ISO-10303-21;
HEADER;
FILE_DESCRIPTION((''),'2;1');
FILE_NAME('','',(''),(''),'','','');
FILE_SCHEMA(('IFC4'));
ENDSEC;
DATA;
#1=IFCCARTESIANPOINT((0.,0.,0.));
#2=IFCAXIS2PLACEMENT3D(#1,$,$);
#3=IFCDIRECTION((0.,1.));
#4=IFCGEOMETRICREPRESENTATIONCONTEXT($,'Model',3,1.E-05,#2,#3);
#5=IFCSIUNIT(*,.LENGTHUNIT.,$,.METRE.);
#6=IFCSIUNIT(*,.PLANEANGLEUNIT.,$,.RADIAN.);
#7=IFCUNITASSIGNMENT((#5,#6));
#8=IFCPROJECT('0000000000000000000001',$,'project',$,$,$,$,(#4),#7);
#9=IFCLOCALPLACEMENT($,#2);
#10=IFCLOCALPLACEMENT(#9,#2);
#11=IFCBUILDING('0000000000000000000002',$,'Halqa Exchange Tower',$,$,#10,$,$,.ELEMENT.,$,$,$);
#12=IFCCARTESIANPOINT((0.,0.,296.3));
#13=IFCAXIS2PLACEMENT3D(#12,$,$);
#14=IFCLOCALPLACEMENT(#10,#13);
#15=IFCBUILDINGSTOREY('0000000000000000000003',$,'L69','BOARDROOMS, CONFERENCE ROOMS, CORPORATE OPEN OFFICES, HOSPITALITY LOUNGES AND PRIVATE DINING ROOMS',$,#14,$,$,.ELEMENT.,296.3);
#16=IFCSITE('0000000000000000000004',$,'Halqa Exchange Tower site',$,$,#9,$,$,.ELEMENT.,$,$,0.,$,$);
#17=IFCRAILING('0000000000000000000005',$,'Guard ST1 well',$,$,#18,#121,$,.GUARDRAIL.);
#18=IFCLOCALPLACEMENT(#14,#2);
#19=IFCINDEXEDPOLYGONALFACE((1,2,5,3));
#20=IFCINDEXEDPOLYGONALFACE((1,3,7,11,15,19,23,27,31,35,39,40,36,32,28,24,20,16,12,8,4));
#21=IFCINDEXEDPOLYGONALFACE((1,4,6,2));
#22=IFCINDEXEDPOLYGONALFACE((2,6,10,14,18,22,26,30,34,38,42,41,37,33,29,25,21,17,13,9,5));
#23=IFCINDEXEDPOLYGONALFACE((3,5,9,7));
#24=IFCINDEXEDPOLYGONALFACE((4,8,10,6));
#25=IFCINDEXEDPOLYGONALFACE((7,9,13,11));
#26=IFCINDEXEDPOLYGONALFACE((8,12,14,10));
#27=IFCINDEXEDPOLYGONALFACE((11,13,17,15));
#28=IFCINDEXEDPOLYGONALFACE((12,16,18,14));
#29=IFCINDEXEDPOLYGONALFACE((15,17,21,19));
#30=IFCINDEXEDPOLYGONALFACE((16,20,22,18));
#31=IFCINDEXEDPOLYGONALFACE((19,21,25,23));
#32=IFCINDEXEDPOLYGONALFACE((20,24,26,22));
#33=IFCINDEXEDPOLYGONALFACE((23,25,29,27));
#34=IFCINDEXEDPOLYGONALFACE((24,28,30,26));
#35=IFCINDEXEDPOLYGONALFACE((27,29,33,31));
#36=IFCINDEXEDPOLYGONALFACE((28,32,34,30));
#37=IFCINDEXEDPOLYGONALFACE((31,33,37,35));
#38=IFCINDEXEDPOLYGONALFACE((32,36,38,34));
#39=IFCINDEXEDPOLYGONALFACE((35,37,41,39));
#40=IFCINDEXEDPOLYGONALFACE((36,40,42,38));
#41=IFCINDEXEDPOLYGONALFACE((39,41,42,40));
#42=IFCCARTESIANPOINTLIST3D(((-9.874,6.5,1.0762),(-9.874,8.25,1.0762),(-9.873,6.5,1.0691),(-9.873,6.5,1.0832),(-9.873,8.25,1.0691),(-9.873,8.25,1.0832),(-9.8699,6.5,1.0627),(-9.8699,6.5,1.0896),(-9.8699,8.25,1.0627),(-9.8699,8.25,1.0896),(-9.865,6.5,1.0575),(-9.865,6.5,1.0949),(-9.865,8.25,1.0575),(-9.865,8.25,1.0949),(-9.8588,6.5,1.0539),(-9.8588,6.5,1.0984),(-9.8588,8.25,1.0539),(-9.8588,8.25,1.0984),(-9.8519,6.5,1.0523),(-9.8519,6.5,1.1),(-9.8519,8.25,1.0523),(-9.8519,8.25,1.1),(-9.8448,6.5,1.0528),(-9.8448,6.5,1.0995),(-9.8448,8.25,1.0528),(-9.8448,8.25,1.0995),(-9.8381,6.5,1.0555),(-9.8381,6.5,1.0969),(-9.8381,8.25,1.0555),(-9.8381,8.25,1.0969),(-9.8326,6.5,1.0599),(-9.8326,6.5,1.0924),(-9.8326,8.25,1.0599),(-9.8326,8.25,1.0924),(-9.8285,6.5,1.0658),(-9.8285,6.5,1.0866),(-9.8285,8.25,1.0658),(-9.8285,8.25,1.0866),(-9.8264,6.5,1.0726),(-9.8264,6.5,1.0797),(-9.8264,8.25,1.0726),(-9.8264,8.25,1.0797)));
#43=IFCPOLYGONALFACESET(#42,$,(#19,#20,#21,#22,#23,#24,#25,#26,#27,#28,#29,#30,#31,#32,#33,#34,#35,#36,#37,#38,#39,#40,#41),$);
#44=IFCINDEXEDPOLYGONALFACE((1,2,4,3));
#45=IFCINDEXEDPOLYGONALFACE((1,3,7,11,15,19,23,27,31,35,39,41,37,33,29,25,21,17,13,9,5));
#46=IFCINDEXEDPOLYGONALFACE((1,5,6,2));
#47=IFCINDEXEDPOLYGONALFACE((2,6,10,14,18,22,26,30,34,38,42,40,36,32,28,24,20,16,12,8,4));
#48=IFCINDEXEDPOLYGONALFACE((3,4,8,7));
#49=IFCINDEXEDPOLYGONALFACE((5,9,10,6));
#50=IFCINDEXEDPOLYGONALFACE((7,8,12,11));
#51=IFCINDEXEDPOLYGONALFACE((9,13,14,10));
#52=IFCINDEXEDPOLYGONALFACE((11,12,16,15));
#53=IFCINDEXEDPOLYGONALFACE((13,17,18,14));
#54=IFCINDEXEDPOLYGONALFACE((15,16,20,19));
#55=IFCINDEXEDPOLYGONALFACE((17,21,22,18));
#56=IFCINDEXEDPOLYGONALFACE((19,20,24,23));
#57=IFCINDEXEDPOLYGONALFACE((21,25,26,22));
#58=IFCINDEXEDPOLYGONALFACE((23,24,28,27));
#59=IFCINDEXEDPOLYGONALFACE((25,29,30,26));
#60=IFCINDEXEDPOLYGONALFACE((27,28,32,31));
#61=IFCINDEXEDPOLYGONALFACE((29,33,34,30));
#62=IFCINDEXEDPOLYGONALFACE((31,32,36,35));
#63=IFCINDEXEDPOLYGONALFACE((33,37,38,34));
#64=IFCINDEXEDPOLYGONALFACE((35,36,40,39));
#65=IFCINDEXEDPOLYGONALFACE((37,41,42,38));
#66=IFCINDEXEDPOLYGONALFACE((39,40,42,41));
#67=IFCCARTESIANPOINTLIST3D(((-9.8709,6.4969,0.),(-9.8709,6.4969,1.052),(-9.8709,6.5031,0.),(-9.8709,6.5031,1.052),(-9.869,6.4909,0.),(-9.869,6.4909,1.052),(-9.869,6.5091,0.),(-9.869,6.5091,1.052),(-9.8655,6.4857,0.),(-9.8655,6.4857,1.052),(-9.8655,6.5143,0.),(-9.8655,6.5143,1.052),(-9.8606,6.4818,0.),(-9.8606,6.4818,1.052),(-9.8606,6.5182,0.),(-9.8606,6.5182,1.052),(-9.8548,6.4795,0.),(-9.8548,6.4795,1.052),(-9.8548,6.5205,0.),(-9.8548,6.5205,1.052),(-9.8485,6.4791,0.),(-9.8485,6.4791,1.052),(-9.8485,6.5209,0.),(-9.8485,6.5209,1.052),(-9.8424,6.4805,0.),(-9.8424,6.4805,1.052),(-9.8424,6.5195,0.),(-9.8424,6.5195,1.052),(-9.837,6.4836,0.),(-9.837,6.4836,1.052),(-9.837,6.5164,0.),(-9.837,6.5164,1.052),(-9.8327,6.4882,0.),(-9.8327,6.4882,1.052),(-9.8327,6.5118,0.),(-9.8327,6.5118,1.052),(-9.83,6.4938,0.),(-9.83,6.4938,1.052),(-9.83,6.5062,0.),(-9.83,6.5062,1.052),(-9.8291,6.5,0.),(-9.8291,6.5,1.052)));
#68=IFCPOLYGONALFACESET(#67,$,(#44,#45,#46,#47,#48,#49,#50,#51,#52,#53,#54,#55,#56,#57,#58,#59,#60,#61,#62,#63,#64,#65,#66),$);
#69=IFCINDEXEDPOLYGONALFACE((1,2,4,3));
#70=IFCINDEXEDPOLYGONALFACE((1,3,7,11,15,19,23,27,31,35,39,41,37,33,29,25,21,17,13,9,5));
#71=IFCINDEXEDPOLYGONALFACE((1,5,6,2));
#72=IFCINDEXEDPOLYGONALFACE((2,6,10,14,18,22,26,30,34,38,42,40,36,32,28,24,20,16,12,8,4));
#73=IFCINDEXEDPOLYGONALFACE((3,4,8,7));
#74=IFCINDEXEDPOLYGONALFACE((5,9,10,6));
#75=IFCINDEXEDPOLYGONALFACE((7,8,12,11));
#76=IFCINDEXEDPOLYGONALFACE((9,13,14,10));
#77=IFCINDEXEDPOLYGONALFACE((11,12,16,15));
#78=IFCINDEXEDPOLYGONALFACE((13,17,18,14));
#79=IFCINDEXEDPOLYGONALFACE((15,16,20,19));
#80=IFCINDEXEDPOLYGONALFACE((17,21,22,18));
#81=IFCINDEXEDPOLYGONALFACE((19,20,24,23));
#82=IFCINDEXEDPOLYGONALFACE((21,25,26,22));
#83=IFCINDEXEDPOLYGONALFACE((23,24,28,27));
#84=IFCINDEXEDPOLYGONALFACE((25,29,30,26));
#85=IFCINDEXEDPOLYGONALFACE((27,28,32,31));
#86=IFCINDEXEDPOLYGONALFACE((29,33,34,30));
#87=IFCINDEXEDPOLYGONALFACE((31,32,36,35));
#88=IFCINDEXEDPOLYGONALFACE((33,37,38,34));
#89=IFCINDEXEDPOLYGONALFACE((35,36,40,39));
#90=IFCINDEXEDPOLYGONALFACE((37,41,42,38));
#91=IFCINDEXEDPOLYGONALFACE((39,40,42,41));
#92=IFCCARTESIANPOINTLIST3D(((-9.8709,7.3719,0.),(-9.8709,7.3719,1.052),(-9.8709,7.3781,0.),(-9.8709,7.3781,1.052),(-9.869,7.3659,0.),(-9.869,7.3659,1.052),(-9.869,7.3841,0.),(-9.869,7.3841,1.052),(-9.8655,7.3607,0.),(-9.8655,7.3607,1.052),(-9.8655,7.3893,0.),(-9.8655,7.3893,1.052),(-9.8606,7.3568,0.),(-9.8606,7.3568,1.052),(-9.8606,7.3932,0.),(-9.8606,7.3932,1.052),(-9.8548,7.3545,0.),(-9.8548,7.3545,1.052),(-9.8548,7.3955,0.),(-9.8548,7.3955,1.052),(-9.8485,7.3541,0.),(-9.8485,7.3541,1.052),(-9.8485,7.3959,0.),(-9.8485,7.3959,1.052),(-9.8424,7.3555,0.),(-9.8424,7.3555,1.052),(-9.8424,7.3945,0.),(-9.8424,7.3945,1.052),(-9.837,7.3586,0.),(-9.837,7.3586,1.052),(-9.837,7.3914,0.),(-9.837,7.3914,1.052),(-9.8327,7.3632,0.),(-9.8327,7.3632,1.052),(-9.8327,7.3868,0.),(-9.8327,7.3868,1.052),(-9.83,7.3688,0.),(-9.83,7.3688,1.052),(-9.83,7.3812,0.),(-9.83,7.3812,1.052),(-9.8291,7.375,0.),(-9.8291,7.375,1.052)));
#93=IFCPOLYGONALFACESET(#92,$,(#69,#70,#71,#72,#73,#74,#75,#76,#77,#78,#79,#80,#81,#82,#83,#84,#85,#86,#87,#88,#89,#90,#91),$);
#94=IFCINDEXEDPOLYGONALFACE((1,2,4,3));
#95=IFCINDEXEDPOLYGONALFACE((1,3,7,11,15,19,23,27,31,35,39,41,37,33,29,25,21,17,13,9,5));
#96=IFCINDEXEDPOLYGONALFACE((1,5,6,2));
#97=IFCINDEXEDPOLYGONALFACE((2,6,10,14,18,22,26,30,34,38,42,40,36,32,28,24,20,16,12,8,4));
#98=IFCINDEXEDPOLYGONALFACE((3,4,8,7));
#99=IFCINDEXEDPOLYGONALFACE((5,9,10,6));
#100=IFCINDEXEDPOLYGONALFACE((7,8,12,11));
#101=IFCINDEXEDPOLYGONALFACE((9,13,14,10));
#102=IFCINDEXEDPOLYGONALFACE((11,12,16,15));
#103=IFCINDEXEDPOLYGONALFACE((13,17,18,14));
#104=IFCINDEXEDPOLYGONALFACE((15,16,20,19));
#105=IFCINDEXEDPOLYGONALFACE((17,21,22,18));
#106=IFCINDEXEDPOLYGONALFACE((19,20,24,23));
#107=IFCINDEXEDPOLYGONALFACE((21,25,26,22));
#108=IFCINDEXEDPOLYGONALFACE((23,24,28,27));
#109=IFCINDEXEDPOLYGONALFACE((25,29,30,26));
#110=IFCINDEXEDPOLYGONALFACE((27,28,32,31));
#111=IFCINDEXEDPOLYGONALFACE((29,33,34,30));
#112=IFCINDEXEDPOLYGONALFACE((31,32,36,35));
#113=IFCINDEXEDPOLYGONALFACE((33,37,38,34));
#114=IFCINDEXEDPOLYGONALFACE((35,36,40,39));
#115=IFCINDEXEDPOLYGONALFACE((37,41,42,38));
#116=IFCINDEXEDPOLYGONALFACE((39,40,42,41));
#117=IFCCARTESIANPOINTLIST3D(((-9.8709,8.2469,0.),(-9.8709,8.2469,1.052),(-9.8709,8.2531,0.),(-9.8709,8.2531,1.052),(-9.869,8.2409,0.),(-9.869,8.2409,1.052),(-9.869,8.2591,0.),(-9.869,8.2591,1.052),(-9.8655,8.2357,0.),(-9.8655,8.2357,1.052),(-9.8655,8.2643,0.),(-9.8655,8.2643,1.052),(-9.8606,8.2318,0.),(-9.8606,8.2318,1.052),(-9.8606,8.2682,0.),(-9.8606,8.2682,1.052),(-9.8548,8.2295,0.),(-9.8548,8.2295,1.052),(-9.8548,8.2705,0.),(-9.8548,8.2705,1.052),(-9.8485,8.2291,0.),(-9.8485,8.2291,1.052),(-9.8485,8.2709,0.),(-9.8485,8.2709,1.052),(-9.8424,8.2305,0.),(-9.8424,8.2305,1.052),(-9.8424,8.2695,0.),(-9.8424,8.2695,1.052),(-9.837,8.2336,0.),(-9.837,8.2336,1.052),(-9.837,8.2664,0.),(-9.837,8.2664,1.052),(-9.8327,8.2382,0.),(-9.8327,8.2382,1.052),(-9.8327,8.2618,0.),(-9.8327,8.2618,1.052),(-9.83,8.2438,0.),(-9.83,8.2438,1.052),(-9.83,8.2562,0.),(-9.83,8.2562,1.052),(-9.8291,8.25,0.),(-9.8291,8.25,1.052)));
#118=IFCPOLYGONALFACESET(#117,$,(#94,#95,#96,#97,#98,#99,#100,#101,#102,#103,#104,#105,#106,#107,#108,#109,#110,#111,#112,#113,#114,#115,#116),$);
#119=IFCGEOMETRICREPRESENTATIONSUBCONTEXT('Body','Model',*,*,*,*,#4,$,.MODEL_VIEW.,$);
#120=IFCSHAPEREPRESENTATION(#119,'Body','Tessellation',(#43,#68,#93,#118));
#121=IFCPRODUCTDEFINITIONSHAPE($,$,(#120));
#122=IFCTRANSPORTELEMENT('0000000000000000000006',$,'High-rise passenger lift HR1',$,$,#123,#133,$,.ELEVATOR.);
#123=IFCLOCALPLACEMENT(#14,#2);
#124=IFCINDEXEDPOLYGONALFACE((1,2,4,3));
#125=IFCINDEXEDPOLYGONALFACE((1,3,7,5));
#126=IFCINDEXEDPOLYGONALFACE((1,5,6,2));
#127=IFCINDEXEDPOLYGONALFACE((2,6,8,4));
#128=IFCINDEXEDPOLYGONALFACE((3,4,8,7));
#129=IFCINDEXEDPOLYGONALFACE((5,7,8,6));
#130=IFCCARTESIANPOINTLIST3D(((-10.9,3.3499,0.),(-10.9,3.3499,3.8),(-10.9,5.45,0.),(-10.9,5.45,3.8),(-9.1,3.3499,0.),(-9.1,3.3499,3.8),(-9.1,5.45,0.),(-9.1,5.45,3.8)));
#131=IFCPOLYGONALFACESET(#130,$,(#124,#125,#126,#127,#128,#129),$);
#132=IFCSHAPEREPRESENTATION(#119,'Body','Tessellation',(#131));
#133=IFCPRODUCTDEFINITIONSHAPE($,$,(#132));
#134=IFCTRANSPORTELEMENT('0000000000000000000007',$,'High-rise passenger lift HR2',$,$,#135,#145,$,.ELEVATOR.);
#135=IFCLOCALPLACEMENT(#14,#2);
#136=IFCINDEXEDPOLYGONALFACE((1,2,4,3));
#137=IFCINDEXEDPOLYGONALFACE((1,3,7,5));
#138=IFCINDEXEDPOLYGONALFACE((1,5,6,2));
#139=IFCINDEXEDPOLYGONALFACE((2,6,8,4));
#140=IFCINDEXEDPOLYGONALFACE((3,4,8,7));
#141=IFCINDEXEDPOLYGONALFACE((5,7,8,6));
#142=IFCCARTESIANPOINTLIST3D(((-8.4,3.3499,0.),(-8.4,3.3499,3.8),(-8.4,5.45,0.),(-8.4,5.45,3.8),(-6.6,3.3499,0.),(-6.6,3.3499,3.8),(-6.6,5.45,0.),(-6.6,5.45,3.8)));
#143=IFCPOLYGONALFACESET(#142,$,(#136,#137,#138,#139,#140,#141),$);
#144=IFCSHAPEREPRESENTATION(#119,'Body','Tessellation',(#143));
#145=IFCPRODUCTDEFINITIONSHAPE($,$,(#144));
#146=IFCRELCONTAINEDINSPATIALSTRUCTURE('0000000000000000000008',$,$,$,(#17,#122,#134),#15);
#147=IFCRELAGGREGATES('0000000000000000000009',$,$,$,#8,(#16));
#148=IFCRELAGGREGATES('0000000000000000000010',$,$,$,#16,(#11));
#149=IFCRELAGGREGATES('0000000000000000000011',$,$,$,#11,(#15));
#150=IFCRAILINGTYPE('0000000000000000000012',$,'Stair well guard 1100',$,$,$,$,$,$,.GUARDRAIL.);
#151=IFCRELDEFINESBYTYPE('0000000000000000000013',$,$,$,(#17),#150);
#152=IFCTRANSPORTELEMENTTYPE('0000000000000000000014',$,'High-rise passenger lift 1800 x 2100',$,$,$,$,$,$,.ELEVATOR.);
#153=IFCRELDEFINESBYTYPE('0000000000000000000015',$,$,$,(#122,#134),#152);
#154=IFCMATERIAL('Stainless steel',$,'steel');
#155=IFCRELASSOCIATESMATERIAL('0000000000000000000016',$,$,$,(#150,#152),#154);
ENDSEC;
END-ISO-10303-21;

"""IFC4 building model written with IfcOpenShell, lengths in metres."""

from ifc_helpers import new_model, si_unit, direction, frame, origin, origin_2d, place, context, subcontext, project, spatial, rectangle, circle, extrude, material, type_object, element, save


model = new_model("IFC4")

# Units and contexts
model_context = context("Model", 3, precision=1e-05, world=origin(), true_north=direction((0.0, 1.0)))
body_context = subcontext(model_context, "Body", "Model", "MODEL_VIEW")
ifc_project = project(units=[si_unit("LENGTHUNIT", "METRE"), si_unit("PLANEANGLEUNIT", "RADIAN")], contexts=[model_context])

# Site, building, storey
site_placement = place(None, origin())
site = spatial("IfcSite", under=ifc_project, at=site_placement, Name="Halqa Exchange Tower site", CompositionType="ELEMENT", RefElevation=0.0)
building_placement = place(site_placement, origin())
building = spatial("IfcBuilding", under=site, at=building_placement, Name="Halqa Exchange Tower", CompositionType="ELEMENT")
storey_placement = place(building_placement, frame((0.0, 0.0, 296.3)))
storey = spatial("IfcBuildingStorey", under=building, at=storey_placement, Name="L69", Description="BOARDROOMS, CONFERENCE ROOMS, CORPORATE OPEN OFFICES, HOSPITALITY LOUNGES AND PRIVATE DINING ROOMS", CompositionType="ELEMENT", Elevation=296.3)

# Shared definitions
ifc_material_1 = material(Name="Stainless steel", Category="steel")

# Railing
railing_type_1 = type_object("IfcRailingType", Name="Stair well guard 1100", PredefinedType="GUARDRAIL", material=ifc_material_1)
railing_1_placement = place(storey_placement, frame((-9.8501, 6.5, 0.0)))
element("IfcRailing", 1, at=railing_1_placement, inside=storey, type_object=railing_type_1, Name="Guard ST1 well", PredefinedType="GUARDRAIL", context=body_context, shape_type="SweptSolid", body=[
    extrude(circle(Radius=0.0239, at=origin_2d()), frame((0.0, 0.0, 1.0762), z_axis=(0.0, 1.0, 0.0), x_axis=(-1.0, 0.0, 0.0)), (0.0, 0.0, 1.0), 1.75),
    extrude(circle(Radius=0.021, at=origin_2d()), origin(), (0.0, 0.0, 1.0), 1.052),
    extrude(circle(Radius=0.021, at=origin_2d()), frame((0.0, 0.875, 0.0)), (0.0, 0.0, 1.0), 1.052),
    extrude(circle(Radius=0.021, at=origin_2d()), frame((0.0, 1.75, 0.0)), (0.0, 0.0, 1.0), 1.052),
])

# Transport elements
transport_element_type = type_object("IfcTransportElementType", Name="High-rise passenger lift 1800 x 2100", PredefinedType="ELEVATOR", material=ifc_material_1)
for number, where, z_axis, x_axis, name in (
    (2, (-10.0, 4.3999, 0.0), (0.0, 0.0, 1.0), (1.0, 0.0, 0.0), "High-rise passenger lift HR1"),
    (3, (-7.5, 4.3999, 0.0), (0.0, 0.0, 1.0), (1.0, 0.0, 0.0), "High-rise passenger lift HR2"),
):
    element("IfcTransportElement", number, at=place(storey_placement, frame(where, z_axis=z_axis, x_axis=x_axis)), inside=storey, type_object=transport_element_type, Name=name, PredefinedType="ELEVATOR", context=body_context, shape_type="SweptSolid", body=[
        extrude(rectangle(XDim=1.8, YDim=2.1001, at=origin_2d()), origin(), (0.0, 0.0, 1.0), 3.8),
    ])

save(model, "model.ifc")
